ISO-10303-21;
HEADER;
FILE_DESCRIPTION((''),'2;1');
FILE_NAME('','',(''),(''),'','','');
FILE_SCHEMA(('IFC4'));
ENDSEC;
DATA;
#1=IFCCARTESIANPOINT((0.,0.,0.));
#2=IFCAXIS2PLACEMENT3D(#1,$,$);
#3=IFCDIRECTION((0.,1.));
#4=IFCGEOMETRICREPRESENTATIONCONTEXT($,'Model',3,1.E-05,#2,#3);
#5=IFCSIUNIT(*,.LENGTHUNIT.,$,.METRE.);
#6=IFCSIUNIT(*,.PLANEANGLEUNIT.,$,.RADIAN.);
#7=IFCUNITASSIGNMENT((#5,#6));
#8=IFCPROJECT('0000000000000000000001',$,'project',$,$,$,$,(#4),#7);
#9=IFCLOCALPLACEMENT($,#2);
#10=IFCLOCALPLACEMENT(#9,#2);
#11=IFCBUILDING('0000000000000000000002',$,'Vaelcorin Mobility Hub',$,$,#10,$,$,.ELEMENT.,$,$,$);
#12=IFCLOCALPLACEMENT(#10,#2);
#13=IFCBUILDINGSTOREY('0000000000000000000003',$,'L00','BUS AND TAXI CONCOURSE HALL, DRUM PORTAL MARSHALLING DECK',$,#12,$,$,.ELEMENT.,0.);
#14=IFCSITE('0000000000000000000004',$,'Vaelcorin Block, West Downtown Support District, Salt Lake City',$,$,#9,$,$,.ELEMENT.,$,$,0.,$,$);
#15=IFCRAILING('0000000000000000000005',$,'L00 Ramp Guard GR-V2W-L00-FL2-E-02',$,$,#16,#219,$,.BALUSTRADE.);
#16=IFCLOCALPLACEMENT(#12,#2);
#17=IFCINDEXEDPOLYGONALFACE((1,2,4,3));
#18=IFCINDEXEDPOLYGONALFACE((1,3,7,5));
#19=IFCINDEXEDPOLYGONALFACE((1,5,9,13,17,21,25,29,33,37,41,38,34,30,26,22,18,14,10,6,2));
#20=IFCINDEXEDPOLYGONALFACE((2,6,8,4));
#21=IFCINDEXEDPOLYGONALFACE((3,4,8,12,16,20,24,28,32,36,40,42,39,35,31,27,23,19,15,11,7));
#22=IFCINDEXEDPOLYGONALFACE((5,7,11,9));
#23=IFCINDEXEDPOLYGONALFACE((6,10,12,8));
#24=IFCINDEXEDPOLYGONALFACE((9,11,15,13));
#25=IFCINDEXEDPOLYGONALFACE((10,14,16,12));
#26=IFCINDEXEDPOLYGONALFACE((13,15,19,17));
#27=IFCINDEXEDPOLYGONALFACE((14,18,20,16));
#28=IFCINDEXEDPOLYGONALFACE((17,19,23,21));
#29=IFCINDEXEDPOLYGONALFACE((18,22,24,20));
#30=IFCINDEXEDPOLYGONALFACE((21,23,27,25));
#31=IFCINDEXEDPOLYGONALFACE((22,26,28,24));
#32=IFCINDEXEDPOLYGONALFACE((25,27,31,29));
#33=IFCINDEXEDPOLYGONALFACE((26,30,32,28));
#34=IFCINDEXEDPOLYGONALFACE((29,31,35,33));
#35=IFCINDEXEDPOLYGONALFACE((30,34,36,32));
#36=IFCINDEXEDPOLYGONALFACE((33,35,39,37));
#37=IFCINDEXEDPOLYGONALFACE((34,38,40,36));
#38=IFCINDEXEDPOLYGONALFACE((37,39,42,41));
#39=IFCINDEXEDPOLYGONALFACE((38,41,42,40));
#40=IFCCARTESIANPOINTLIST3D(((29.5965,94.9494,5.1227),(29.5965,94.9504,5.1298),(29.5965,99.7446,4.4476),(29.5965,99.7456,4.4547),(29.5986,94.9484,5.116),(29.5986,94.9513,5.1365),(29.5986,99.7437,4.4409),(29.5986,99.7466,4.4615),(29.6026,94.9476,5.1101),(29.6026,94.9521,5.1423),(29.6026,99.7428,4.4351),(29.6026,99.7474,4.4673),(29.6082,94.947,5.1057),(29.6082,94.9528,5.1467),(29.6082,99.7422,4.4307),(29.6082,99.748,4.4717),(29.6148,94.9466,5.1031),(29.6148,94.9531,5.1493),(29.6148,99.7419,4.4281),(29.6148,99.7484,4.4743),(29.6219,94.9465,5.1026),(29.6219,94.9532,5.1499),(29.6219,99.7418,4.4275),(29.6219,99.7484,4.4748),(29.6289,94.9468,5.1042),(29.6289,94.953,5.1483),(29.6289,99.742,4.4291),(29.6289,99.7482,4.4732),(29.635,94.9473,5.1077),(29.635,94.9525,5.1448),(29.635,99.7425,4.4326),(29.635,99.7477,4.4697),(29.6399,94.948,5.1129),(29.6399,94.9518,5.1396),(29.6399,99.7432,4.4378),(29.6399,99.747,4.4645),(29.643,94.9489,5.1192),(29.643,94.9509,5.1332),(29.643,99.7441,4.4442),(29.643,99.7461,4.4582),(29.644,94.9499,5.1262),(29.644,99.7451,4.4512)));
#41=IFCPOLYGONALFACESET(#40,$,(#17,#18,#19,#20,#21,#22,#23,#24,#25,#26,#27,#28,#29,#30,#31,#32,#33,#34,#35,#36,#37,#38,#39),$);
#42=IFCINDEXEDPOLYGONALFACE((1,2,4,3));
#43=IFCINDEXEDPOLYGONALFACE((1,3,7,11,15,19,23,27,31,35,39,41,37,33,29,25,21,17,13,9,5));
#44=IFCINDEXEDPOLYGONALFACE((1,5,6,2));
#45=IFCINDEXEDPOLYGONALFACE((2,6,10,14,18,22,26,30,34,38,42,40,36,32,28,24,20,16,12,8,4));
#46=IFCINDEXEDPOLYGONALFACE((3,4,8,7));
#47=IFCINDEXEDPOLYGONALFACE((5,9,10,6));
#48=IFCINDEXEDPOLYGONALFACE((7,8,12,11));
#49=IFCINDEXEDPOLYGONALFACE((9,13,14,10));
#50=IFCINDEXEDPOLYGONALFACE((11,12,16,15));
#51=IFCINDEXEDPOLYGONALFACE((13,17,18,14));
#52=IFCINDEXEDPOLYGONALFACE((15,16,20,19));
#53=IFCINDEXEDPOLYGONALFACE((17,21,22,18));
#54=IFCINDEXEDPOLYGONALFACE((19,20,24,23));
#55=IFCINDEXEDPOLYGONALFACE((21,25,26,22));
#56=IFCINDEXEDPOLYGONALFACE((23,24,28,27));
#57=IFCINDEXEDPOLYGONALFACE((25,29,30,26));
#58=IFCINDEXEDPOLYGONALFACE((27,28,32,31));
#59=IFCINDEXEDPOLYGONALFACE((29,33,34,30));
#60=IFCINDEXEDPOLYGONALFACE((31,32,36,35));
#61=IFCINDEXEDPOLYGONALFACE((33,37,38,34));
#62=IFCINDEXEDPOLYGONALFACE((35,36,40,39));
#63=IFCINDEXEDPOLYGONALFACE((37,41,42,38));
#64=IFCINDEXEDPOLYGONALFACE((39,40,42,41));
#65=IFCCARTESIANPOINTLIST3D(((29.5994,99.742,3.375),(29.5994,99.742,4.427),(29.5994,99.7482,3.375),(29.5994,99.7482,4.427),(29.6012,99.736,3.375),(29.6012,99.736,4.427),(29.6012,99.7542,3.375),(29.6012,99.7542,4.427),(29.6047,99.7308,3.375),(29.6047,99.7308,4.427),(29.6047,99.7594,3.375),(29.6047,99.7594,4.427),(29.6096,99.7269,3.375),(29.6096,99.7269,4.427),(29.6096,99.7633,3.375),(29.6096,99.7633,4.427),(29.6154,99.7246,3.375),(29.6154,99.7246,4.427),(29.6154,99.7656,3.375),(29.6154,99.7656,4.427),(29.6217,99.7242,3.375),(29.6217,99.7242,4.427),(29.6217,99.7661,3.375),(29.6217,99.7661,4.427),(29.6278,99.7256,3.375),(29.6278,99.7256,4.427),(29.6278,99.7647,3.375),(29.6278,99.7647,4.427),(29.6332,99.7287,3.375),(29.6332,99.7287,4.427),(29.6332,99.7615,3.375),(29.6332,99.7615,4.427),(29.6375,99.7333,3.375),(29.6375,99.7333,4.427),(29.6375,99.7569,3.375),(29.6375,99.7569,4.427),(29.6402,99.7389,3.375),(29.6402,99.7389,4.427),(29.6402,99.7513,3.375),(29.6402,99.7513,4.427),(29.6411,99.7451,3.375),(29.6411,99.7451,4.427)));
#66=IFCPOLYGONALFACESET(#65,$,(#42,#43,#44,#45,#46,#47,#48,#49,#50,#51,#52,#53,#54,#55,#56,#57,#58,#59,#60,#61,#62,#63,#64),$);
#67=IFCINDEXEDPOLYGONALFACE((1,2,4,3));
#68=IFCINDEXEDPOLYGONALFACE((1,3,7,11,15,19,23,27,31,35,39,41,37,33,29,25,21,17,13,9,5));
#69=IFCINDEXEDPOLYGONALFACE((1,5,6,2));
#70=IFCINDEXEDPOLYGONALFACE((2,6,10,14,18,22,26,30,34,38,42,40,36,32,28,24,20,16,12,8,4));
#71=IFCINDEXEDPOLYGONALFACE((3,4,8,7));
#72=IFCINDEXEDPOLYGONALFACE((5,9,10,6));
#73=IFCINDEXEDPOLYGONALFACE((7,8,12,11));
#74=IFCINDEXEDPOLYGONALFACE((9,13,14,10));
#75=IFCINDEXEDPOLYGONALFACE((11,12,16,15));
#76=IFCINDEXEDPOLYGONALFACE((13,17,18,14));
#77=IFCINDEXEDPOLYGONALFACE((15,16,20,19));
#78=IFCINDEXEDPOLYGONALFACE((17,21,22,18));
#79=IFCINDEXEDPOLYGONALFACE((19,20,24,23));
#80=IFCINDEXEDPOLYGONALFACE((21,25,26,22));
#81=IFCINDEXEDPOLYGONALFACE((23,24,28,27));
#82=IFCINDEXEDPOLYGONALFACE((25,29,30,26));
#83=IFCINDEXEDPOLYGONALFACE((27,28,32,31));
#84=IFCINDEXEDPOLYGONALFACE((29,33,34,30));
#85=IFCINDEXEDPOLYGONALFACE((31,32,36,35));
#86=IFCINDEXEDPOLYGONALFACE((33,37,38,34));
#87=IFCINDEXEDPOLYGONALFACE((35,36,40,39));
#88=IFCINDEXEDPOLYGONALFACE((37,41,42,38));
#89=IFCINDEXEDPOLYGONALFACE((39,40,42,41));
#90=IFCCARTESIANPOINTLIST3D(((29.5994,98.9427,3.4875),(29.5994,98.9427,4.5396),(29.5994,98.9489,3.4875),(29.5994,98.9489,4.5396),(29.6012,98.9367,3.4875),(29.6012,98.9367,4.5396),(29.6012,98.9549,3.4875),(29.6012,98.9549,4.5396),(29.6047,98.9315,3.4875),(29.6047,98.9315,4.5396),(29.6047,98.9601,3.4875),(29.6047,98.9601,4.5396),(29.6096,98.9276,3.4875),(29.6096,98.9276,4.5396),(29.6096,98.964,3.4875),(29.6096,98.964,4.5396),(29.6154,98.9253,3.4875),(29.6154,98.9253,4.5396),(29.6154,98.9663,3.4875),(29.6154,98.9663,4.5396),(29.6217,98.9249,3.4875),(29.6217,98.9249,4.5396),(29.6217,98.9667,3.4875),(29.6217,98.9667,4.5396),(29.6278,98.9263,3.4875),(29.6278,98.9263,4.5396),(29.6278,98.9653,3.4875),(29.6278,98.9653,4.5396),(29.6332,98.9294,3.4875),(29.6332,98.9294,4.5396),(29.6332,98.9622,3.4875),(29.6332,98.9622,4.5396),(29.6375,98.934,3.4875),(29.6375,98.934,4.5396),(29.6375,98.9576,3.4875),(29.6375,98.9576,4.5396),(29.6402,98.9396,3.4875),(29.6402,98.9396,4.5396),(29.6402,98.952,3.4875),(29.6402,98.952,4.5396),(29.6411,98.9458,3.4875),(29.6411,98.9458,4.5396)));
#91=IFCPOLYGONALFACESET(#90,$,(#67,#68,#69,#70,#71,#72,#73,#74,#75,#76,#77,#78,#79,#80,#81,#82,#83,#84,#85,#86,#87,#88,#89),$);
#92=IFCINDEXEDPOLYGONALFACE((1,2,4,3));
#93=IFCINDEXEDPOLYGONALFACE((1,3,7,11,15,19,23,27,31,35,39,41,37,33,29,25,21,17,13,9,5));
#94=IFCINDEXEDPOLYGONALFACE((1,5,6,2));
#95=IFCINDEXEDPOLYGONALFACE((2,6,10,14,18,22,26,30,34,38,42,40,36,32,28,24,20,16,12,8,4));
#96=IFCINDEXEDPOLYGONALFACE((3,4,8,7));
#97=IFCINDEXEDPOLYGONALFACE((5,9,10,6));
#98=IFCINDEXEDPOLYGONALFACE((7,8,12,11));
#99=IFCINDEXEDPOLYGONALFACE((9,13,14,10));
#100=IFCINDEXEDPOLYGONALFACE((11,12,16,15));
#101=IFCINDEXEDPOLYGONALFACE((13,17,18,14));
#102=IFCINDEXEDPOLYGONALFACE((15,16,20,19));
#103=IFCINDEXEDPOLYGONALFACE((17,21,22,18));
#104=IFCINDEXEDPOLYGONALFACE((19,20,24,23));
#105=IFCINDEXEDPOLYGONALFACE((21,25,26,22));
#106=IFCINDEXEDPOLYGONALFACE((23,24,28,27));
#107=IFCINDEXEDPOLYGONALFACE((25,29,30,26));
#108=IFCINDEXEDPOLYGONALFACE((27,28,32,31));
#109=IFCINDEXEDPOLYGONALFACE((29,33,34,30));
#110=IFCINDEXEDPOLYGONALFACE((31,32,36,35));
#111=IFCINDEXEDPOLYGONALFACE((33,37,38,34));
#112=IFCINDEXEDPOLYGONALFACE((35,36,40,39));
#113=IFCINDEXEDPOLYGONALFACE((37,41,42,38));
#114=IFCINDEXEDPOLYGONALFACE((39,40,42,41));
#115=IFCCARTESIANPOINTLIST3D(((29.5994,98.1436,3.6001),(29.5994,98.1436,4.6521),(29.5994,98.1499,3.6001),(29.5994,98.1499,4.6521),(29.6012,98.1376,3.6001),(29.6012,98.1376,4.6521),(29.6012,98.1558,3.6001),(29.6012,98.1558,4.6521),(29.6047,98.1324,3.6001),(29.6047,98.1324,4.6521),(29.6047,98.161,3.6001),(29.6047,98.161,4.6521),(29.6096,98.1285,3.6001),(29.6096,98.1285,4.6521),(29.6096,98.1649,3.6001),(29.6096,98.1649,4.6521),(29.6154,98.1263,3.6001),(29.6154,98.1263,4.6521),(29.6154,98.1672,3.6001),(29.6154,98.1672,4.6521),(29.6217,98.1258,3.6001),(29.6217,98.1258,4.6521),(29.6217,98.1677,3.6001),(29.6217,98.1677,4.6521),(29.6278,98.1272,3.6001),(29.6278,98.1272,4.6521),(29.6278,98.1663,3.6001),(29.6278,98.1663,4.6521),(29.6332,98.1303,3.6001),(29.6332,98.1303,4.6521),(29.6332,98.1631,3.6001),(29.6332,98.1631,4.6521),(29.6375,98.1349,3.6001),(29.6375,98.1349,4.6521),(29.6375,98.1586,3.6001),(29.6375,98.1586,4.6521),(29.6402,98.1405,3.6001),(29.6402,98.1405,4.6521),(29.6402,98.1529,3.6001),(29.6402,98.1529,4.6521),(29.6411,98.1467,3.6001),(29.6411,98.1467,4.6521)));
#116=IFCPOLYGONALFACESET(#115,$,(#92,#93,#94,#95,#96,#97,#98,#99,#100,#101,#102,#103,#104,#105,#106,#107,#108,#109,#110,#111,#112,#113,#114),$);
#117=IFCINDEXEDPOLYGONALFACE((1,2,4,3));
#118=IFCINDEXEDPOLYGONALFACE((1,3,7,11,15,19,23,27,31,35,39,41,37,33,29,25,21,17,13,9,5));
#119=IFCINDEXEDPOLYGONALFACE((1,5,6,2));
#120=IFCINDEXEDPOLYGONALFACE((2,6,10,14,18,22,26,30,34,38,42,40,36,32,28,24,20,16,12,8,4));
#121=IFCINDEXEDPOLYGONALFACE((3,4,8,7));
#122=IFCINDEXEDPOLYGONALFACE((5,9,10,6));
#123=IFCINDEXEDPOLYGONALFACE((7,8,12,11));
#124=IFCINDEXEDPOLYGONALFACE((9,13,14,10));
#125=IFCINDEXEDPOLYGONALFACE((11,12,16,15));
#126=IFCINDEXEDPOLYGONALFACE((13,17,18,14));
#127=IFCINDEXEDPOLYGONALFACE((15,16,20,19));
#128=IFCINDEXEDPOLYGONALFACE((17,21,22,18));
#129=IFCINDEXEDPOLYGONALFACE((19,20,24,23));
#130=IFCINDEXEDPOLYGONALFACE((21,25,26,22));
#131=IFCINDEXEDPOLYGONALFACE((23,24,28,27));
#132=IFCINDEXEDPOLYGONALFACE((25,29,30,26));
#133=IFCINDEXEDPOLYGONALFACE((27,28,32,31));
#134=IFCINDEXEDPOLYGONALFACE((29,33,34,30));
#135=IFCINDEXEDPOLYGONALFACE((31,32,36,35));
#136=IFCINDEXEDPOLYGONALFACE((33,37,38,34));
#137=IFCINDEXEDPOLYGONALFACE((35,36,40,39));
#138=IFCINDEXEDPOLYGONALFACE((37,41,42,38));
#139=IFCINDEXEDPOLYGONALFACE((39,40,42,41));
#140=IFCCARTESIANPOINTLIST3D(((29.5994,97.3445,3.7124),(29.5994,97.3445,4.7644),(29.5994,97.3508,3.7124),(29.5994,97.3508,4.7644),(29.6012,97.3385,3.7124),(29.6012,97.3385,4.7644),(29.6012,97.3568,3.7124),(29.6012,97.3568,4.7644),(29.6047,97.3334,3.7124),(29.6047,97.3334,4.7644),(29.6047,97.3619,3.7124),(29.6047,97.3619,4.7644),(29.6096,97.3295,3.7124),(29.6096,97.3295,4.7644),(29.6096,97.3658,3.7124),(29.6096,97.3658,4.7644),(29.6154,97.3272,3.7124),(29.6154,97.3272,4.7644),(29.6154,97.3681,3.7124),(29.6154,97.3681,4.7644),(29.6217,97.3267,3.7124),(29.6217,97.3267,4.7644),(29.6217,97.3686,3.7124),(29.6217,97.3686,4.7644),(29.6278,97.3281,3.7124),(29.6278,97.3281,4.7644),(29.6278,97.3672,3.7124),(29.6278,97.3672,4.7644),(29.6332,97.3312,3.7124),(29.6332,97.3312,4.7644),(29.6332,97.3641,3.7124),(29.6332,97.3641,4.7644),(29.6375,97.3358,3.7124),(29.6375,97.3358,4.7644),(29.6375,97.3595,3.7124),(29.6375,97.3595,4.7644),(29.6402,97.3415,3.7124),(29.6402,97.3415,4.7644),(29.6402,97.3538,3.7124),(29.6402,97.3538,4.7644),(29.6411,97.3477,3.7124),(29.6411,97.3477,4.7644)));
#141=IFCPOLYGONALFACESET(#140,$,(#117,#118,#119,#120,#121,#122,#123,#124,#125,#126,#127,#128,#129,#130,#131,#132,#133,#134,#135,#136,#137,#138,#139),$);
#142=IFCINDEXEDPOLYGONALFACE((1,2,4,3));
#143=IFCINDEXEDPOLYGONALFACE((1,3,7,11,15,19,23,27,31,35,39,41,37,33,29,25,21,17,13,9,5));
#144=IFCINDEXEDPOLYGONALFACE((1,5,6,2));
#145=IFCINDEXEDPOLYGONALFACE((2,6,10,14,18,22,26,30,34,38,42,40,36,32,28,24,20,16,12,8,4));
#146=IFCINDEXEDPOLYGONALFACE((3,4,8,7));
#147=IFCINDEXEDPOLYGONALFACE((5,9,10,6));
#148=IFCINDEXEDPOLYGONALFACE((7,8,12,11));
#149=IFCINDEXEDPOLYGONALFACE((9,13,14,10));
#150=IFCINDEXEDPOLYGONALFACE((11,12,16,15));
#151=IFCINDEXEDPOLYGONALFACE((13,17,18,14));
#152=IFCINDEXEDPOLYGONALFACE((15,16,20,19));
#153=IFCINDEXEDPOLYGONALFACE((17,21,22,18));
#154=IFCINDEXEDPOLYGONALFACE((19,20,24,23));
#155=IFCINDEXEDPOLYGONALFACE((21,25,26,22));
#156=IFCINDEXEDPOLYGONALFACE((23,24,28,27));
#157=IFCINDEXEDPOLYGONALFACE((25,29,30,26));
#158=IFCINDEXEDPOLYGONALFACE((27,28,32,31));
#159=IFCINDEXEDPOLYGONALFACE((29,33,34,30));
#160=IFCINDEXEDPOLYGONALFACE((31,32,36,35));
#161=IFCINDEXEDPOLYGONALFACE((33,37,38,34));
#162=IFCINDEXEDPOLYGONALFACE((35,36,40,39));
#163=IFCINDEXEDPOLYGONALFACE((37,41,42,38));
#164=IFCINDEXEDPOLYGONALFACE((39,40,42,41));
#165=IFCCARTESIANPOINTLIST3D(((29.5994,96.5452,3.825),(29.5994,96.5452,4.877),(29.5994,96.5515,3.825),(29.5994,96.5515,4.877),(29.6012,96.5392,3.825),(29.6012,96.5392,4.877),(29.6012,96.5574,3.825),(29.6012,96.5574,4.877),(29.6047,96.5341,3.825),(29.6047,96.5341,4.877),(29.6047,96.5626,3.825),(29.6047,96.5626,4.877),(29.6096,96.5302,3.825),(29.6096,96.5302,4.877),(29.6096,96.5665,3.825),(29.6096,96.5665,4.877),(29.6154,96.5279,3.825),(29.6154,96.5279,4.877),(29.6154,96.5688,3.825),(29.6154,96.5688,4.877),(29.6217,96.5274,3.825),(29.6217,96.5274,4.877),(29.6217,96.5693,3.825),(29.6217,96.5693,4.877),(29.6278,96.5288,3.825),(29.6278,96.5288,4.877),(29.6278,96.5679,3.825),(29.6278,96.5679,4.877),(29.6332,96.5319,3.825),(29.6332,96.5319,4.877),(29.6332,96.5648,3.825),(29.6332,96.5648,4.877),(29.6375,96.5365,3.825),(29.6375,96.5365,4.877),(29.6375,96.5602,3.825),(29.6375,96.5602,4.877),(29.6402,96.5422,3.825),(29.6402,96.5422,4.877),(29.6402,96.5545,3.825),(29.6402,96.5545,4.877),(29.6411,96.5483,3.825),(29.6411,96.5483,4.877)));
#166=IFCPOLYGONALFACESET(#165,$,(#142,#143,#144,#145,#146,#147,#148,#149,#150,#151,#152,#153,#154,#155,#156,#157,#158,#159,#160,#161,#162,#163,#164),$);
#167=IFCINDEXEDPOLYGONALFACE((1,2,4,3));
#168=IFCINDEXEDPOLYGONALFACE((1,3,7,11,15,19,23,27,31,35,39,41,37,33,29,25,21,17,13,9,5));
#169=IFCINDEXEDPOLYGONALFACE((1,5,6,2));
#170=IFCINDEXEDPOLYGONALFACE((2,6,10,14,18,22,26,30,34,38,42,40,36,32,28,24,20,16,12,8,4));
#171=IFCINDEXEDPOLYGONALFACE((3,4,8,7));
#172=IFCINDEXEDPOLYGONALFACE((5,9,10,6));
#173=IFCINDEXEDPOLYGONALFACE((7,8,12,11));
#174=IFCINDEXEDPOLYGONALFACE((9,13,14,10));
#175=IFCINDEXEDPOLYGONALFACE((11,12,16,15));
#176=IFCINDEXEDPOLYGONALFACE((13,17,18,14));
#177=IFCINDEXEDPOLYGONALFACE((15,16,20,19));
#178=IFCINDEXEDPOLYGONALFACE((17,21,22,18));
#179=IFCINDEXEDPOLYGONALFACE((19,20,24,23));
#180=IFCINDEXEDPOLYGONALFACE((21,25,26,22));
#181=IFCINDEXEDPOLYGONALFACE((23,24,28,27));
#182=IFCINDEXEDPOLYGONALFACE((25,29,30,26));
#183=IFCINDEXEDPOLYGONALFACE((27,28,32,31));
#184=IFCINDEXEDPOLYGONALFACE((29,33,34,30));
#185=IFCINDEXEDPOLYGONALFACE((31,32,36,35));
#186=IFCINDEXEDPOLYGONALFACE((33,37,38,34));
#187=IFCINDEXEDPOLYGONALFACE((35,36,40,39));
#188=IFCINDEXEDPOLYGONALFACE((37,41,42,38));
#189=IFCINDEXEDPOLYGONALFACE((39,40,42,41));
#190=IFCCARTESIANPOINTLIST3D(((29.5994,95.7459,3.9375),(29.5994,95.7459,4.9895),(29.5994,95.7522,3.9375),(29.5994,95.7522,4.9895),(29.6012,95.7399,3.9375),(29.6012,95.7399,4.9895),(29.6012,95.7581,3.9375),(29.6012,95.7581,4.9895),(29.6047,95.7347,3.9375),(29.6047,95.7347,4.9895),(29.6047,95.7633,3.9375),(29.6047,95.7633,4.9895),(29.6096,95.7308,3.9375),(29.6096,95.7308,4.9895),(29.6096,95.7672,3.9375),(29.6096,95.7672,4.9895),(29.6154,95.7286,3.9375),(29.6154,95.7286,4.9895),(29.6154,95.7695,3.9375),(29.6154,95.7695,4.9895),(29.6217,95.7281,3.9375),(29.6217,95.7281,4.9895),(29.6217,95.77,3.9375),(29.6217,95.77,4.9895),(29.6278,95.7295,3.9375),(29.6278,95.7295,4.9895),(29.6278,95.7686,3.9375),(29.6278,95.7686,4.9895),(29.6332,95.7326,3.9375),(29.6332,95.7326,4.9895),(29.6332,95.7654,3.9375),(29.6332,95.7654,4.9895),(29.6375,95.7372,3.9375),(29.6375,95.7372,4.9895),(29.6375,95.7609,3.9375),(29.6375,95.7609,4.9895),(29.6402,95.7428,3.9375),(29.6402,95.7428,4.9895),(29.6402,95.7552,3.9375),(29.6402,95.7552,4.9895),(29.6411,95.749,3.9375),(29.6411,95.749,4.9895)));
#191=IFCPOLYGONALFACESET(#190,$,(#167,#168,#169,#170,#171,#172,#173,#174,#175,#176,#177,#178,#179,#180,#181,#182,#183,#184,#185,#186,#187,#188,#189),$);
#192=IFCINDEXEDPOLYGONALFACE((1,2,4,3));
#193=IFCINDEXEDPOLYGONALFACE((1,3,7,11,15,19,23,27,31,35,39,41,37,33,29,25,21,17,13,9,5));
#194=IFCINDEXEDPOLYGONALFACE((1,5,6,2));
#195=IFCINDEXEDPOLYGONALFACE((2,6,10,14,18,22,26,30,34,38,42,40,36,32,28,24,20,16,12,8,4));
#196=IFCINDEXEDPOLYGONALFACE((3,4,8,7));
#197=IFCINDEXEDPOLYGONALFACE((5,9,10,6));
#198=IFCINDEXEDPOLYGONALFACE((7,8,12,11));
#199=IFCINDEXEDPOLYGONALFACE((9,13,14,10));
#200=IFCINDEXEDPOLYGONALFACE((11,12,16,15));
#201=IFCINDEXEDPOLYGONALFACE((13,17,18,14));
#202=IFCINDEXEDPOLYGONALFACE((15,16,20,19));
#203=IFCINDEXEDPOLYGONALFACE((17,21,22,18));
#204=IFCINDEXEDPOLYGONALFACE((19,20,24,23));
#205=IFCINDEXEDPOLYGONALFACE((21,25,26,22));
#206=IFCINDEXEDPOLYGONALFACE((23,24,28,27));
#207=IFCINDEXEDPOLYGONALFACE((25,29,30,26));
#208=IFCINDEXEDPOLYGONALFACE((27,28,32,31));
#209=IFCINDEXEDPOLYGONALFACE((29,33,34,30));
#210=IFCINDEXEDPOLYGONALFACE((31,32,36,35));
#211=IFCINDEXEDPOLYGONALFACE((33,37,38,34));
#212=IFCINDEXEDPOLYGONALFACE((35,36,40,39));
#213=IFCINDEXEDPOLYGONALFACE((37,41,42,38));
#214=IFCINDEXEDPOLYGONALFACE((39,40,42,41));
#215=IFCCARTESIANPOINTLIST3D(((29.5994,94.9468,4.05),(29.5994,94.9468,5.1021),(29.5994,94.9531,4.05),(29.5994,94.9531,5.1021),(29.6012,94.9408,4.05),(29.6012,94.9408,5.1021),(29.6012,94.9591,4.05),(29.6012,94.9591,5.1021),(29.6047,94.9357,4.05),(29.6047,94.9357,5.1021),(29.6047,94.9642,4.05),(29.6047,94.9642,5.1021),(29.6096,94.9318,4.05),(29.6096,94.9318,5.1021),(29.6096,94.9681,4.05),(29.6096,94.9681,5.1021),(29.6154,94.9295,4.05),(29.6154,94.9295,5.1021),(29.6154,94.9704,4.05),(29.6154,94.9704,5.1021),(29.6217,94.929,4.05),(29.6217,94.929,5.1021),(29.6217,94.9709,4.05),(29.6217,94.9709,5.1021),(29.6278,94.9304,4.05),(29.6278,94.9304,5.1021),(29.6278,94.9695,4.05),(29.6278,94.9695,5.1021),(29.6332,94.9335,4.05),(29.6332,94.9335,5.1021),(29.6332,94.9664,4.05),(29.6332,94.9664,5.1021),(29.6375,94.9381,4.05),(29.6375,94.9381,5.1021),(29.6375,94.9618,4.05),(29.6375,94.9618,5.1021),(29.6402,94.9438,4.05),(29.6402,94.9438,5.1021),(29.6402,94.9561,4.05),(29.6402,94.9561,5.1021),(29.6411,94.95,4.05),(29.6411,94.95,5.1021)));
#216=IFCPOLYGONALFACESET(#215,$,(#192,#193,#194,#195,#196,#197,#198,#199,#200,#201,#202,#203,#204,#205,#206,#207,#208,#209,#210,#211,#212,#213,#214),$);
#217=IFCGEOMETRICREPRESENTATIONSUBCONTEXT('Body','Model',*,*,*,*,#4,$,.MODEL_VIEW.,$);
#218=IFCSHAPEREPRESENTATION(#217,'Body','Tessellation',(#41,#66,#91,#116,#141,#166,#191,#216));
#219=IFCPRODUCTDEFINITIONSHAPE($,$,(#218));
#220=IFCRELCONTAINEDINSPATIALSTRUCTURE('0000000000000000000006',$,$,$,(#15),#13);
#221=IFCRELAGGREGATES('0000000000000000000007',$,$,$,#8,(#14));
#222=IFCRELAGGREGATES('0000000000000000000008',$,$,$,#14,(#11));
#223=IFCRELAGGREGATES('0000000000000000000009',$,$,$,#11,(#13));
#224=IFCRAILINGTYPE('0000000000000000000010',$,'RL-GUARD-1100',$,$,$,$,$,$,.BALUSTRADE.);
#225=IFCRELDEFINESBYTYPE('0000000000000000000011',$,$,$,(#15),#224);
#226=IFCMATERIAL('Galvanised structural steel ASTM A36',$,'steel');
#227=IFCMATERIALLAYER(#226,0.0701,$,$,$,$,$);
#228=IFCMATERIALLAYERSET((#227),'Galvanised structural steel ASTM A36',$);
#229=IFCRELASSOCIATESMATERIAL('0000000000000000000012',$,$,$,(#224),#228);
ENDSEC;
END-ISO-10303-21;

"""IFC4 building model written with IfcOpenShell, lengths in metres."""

from ifc_helpers import new_model, si_unit, direction, frame, origin, origin_2d, place, context, subcontext, project, spatial, circle, extrude, material, layer, layer_set, type_object, element, save


model = new_model("IFC4")

# Units and contexts
model_context = context("Model", 3, precision=1e-05, world=origin(), true_north=direction((0.0, 1.0)))
body_context = subcontext(model_context, "Body", "Model", "MODEL_VIEW")
ifc_project = project(units=[si_unit("LENGTHUNIT", "METRE"), si_unit("PLANEANGLEUNIT", "RADIAN")], contexts=[model_context])

# Site, building, storey
site_placement = place(None, origin())
site = spatial("IfcSite", under=ifc_project, at=site_placement, Name="Vaelcorin Block, West Downtown Support District, Salt Lake City", CompositionType="ELEMENT", RefElevation=0.0)
building_placement = place(site_placement, origin())
building = spatial("IfcBuilding", under=site, at=building_placement, Name="Vaelcorin Mobility Hub", CompositionType="ELEMENT")
storey_placement = place(building_placement, origin())
storey = spatial("IfcBuildingStorey", under=building, at=storey_placement, Name="L00", Description="BUS AND TAXI CONCOURSE HALL, DRUM PORTAL MARSHALLING DECK", CompositionType="ELEMENT", Elevation=0.0)

# Railing
ifc_material_1 = material(Name="Galvanised structural steel ASTM A36", Category="steel")
ifc_layer_1 = layer(ifc_material_1, 0.0701)
ifc_layer_set_1 = layer_set([ifc_layer_1], Name="Galvanised structural steel ASTM A36")
railing_type = type_object("IfcRailingType", Name="RL-GUARD-1100", PredefinedType="BALUSTRADE", material=ifc_layer_set_1)
railing_1_placement = place(storey_placement, frame((29.6201, 99.7451, 3.375)))
element("IfcRailing", 1, at=railing_1_placement, inside=storey, type_object=railing_type, Name="L00 Ramp Guard GR-V2W-L00-FL2-E-02", PredefinedType="BALUSTRADE", context=body_context, shape_type="SweptSolid", body=[
    extrude(circle(Radius=0.0239, at=origin_2d()), frame((0.0, 0.0, 1.0762), z_axis=(0.0, -0.990236, 0.139402), x_axis=(1.0, 0.0, 0.0)), (0.0, 0.0, 1.0), 4.8425),
    extrude(circle(Radius=0.021, at=origin_2d()), origin(), (0.0, 0.0, 1.0), 1.052),
    extrude(circle(Radius=0.021, at=origin_2d()), frame((0.0, -0.7993, 0.1125)), (0.0, 0.0, 1.0), 1.052),
    extrude(circle(Radius=0.021, at=origin_2d()), frame((0.0, -1.5984, 0.2251)), (0.0, 0.0, 1.0), 1.052),
    extrude(circle(Radius=0.021, at=origin_2d()), frame((0.0, -2.3975, 0.3374)), (0.0, 0.0, 1.0), 1.052),
    extrude(circle(Radius=0.021, at=origin_2d()), frame((0.0, -3.1968, 0.45)), (0.0, 0.0, 1.0), 1.052),
    extrude(circle(Radius=0.021, at=origin_2d()), frame((0.0, -3.9961, 0.5625)), (0.0, 0.0, 1.0), 1.052),
    extrude(circle(Radius=0.021, at=origin_2d()), frame((0.0, -4.7952, 0.675)), (0.0, 0.0, 1.0), 1.052),
])

save(model, "model.ifc")
